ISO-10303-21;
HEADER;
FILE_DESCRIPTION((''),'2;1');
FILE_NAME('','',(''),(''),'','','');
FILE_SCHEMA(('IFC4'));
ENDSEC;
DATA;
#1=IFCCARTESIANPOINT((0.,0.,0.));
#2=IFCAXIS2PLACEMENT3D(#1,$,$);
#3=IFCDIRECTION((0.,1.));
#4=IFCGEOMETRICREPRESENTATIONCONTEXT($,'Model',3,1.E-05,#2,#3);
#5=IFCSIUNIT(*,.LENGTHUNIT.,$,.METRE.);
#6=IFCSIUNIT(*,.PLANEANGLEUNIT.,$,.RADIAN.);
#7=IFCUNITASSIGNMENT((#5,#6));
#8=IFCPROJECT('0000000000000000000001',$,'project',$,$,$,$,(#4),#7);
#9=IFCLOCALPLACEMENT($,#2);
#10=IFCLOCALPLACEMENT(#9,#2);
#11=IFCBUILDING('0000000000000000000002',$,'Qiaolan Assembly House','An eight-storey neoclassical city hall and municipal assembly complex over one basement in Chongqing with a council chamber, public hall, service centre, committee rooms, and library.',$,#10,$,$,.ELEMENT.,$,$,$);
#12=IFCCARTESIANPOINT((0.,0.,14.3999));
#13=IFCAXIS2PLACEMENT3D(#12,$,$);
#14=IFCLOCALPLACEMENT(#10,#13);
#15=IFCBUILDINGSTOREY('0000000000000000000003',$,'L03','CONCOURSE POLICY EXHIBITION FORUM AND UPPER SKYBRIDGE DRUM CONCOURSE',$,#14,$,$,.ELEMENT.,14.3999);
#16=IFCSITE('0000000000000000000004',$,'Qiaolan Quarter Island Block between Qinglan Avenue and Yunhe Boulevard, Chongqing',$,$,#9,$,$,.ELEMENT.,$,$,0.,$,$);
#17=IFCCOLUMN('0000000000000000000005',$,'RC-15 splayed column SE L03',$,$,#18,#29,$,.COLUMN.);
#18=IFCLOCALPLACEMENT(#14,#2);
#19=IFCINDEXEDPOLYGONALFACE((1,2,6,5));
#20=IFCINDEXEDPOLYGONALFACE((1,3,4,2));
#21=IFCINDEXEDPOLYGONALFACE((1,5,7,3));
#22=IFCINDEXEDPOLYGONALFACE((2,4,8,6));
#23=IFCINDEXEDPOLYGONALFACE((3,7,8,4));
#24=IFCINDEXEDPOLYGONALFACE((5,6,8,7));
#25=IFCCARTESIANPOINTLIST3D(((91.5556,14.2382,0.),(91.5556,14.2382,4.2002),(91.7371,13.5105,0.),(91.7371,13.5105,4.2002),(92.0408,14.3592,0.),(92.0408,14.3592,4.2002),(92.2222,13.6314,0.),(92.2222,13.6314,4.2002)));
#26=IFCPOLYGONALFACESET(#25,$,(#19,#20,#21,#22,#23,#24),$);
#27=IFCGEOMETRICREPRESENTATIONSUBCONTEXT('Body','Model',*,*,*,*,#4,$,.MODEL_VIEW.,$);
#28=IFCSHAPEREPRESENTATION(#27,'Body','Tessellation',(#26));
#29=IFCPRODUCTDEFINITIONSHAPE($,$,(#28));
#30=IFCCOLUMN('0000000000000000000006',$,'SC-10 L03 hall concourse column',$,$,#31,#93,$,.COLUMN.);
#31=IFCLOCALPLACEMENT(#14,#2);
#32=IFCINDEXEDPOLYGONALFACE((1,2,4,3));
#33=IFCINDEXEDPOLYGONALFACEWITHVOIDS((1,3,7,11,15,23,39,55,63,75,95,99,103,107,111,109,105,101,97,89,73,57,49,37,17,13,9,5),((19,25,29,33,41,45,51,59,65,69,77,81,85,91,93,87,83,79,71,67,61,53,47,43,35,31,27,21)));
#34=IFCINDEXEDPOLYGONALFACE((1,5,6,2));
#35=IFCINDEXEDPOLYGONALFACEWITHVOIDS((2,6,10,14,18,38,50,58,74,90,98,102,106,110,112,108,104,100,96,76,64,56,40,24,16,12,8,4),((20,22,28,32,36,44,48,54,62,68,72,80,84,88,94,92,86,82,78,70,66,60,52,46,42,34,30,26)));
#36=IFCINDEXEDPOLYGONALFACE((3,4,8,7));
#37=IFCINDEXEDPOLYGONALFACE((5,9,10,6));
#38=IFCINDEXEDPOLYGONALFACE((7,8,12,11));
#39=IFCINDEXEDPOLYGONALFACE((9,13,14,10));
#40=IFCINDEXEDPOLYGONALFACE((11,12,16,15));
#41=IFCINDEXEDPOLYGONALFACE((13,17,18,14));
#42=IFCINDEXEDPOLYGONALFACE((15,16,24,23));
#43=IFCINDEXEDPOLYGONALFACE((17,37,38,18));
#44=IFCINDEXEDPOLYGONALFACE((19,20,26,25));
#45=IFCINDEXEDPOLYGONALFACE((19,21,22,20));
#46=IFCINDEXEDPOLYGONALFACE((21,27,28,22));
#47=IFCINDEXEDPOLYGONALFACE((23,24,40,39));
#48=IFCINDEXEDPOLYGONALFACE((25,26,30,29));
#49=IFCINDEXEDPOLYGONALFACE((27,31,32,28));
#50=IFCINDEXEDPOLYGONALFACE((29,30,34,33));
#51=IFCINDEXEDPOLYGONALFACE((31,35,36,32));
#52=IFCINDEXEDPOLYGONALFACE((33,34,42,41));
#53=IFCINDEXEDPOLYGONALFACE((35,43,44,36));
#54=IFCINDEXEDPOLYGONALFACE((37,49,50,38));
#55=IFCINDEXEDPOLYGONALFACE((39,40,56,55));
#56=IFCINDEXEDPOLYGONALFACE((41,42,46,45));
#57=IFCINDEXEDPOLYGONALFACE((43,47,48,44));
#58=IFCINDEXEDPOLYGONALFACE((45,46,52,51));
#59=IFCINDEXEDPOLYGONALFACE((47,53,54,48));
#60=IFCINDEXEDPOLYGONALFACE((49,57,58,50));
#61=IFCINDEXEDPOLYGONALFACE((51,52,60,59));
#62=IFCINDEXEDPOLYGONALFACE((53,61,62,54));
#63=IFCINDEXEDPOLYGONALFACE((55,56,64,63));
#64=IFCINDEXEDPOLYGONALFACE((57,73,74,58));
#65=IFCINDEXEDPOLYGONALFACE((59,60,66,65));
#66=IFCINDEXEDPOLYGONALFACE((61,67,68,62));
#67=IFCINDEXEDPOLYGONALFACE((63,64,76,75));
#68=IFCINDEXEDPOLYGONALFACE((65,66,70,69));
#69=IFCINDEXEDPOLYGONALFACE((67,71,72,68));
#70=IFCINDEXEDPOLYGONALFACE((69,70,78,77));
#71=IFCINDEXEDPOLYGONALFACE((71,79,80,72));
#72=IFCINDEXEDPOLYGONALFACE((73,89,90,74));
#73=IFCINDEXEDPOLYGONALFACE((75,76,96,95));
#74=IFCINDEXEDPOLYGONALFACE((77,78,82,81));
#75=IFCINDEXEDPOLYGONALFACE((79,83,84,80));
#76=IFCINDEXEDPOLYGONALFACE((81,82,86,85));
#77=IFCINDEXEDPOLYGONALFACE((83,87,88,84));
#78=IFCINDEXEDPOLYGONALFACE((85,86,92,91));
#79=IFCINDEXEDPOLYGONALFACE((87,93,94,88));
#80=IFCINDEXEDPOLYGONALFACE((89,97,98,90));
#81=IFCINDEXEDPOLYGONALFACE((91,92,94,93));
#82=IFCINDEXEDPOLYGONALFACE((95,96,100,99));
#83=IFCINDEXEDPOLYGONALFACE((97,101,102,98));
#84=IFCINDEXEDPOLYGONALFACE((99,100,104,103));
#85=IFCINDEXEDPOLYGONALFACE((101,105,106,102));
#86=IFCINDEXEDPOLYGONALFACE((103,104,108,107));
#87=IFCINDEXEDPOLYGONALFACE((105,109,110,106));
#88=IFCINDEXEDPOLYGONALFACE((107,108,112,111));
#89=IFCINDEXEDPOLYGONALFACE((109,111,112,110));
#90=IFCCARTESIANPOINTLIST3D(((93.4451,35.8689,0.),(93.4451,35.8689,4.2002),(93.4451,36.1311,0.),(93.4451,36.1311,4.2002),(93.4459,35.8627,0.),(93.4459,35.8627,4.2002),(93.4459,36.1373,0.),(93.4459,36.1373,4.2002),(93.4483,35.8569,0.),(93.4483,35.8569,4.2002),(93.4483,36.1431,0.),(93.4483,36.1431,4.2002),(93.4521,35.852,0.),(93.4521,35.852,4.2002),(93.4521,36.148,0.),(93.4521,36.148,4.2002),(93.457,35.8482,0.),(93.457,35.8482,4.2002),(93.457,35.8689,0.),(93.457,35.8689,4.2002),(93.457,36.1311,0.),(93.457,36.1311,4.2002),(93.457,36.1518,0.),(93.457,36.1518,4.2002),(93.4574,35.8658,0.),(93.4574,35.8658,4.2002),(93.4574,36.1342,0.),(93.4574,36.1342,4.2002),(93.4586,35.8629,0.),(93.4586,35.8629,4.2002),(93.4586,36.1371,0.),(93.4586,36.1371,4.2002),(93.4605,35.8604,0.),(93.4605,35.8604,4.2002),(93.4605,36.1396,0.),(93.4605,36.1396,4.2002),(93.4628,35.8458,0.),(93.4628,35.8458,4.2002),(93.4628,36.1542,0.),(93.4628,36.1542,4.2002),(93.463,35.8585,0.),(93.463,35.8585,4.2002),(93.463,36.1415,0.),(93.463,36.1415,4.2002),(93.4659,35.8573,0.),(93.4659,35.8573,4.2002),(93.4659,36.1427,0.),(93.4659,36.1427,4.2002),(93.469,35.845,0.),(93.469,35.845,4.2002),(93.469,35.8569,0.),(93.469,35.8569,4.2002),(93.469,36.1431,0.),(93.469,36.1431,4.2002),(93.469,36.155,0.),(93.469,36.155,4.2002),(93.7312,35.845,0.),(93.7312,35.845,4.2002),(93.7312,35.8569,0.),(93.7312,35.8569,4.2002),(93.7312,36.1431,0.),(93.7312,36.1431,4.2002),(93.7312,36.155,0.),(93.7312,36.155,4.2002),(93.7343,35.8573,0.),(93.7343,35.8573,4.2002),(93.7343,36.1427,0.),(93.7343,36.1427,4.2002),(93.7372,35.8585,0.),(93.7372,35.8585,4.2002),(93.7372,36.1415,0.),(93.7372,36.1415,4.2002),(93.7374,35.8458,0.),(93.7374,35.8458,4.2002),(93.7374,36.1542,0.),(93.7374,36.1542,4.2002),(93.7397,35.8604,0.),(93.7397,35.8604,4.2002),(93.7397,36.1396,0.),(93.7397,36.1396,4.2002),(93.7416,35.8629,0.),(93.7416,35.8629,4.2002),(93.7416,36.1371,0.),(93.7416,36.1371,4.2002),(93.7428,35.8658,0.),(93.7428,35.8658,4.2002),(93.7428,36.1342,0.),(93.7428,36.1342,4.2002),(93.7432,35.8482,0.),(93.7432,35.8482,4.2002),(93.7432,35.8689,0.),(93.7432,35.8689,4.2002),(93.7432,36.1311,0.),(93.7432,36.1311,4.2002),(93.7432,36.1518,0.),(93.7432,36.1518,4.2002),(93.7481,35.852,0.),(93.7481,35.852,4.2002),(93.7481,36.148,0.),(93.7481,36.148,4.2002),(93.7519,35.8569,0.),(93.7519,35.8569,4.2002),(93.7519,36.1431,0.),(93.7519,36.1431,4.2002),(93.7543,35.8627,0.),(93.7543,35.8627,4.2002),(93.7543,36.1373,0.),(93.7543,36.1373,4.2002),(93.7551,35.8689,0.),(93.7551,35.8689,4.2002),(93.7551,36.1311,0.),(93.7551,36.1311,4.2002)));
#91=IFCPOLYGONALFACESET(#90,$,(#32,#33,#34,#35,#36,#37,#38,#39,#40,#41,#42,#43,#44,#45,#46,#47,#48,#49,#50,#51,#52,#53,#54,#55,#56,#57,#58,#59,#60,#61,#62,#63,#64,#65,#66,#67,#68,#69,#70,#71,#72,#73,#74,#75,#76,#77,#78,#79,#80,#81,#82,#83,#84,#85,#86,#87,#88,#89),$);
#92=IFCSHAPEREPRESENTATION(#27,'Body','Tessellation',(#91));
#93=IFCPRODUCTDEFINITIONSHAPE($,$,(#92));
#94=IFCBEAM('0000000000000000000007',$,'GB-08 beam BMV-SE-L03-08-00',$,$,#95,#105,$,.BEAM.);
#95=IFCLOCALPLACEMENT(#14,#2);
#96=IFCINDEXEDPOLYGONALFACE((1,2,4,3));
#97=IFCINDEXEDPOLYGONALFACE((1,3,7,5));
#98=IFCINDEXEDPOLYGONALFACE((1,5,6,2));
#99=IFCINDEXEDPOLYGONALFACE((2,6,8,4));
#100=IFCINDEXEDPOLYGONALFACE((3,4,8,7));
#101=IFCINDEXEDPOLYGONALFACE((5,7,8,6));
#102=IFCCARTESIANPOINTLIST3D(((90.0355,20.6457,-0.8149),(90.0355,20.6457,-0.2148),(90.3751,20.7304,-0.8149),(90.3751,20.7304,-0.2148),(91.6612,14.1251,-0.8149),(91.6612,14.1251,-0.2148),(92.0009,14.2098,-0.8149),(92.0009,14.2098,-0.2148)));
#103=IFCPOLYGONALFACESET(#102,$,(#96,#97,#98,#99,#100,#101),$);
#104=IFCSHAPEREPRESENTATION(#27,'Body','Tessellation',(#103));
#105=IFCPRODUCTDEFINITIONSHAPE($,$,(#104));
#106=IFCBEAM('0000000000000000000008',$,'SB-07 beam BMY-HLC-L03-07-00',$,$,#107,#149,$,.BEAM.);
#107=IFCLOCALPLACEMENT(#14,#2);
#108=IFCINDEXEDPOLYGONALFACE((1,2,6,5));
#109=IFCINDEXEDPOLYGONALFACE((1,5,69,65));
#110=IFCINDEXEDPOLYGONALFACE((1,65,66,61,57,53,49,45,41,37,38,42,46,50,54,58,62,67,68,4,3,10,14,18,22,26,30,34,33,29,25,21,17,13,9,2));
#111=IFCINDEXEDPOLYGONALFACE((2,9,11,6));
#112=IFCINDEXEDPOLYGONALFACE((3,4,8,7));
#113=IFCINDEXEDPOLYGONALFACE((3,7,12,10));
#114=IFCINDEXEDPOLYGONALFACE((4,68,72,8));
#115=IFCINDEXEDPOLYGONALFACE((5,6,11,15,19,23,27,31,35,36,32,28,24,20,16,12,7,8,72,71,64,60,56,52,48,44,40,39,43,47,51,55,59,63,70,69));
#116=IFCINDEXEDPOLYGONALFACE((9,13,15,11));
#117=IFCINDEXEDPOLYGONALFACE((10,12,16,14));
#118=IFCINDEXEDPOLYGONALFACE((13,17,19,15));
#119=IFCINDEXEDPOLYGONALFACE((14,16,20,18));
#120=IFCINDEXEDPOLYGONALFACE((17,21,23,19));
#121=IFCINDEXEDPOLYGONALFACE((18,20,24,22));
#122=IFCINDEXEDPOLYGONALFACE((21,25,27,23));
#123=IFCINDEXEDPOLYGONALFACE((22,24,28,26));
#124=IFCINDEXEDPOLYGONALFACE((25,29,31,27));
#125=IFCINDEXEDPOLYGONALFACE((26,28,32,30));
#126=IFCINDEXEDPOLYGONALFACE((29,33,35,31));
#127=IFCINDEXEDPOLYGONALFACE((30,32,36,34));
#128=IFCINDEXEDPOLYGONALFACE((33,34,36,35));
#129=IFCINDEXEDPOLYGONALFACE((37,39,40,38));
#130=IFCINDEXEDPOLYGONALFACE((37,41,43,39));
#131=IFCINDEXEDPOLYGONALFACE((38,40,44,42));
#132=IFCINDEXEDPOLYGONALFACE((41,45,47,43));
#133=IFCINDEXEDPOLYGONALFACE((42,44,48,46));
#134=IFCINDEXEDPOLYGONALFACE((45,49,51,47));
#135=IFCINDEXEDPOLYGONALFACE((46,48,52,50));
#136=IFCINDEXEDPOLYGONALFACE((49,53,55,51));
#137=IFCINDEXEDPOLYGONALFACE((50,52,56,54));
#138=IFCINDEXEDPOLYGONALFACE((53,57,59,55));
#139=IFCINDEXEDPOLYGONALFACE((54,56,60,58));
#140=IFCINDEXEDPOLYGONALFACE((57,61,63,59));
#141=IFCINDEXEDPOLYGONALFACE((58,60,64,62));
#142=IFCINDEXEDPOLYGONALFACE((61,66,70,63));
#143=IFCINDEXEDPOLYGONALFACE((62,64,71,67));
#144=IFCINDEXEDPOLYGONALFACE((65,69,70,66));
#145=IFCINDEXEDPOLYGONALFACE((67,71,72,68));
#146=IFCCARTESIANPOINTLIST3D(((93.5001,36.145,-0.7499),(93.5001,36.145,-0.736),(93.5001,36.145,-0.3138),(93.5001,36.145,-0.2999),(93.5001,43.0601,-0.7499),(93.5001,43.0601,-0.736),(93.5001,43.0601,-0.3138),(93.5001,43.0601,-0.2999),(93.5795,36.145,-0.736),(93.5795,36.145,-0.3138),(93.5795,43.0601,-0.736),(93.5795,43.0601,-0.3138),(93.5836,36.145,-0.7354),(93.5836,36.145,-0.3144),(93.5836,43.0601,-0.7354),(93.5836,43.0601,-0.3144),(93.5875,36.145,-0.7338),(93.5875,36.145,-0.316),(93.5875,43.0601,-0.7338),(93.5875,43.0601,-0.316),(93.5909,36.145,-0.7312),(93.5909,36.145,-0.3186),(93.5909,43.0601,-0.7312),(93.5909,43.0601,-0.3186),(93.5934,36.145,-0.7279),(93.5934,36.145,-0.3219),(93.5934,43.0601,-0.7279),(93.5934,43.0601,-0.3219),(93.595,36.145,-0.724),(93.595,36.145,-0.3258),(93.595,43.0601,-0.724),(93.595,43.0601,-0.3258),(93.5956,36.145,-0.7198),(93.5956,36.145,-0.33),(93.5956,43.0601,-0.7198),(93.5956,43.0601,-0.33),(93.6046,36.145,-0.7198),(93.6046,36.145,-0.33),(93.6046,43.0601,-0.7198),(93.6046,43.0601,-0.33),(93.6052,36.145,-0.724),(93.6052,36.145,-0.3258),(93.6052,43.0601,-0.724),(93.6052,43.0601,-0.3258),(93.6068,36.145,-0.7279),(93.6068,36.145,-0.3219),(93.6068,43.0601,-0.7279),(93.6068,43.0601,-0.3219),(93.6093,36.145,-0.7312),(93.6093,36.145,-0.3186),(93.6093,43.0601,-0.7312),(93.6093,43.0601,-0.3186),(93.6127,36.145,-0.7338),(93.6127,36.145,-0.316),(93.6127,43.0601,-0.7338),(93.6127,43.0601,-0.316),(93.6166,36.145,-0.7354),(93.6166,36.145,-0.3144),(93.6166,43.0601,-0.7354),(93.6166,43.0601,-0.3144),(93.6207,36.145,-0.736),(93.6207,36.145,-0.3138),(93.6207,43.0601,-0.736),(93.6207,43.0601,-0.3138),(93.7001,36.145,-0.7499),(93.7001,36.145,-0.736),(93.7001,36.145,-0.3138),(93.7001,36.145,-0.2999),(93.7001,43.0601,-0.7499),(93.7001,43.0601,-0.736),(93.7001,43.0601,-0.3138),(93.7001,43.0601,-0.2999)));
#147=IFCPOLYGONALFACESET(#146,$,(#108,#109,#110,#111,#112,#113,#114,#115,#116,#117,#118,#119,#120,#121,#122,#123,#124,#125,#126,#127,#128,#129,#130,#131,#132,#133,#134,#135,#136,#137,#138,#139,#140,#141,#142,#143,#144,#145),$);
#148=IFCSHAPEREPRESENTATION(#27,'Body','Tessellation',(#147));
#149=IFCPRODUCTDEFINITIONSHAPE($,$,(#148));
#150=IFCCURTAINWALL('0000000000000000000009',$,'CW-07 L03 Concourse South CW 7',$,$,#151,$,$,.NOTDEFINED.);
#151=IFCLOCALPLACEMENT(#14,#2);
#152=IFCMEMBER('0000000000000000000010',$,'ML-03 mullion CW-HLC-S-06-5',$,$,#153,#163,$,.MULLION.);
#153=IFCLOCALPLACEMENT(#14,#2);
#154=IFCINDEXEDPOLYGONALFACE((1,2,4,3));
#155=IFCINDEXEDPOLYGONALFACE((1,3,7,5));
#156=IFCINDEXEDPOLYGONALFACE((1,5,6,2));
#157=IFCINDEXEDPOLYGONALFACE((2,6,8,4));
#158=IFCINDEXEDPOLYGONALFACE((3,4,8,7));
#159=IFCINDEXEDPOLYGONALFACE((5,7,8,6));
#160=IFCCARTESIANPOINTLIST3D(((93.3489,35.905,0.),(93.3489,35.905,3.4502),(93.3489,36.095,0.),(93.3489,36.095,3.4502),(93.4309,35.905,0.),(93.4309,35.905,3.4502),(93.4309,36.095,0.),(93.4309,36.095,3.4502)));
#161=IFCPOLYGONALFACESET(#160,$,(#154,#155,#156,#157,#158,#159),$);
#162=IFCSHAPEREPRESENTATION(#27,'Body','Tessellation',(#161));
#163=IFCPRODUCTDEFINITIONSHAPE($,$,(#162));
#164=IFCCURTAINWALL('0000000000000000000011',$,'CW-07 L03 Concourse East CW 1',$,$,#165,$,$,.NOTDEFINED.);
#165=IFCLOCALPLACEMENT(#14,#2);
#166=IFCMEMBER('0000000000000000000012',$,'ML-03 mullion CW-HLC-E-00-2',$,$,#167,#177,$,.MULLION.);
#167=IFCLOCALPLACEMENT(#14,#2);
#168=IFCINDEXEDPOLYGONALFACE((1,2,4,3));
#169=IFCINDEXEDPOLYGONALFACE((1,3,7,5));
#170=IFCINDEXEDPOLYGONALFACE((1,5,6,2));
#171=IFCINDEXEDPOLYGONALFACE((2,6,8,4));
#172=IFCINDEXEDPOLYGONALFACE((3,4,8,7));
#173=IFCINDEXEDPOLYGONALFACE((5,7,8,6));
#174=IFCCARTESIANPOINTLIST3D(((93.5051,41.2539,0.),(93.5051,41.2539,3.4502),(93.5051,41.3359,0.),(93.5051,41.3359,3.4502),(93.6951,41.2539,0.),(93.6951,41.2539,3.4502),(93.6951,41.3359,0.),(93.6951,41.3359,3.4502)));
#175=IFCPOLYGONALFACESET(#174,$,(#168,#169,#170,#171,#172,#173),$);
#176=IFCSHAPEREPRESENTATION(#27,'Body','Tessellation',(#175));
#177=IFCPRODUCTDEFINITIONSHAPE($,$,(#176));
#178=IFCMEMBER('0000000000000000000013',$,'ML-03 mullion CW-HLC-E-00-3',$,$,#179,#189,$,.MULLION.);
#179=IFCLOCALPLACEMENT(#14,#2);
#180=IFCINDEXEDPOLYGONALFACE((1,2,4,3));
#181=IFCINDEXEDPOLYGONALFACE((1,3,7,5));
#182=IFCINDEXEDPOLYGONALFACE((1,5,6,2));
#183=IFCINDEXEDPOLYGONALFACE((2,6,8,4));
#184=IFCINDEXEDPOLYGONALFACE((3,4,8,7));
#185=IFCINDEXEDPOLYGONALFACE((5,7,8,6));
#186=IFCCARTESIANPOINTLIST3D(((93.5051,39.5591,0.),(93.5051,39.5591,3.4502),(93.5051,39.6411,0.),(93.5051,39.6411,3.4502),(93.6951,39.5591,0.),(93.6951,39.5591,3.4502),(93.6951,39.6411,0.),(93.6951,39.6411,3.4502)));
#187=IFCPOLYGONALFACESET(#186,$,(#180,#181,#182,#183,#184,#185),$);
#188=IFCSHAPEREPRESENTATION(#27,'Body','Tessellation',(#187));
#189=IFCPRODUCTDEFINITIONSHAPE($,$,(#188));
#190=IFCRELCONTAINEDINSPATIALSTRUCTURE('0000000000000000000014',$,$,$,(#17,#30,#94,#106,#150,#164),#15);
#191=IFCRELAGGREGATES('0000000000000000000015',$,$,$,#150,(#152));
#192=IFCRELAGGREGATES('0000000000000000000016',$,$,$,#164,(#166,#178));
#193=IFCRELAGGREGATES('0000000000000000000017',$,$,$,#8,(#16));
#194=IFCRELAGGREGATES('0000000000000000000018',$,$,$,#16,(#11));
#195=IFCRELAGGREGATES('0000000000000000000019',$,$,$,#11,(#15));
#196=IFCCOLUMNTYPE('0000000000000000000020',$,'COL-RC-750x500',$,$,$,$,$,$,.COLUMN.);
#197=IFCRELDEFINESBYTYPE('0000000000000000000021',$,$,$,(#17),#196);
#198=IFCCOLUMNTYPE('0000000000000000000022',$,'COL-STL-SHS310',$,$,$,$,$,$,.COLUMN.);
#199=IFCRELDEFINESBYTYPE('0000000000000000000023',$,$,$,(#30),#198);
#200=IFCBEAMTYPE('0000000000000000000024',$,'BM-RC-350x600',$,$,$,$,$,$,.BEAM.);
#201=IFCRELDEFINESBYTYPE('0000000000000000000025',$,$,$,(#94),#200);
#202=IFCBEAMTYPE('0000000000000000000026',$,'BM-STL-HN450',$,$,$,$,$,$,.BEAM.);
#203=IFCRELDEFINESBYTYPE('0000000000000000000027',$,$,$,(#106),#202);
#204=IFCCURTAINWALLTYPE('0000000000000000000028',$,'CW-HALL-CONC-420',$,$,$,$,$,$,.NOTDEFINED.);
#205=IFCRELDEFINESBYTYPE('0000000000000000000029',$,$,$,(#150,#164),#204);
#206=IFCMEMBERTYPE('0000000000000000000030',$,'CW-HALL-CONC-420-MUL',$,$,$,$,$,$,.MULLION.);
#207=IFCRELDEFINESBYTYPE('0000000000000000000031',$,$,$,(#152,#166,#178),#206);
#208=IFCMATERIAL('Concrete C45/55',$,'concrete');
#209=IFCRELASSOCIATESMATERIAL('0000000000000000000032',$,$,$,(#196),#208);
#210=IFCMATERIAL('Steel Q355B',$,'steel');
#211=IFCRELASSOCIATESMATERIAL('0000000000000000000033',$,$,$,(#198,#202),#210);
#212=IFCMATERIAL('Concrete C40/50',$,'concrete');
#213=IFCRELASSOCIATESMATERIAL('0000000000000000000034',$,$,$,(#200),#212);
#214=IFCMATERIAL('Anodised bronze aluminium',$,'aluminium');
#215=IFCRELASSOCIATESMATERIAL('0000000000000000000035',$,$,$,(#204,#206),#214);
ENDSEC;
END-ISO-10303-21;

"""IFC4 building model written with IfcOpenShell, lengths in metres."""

from ifc_helpers import new_model, si_unit, direction, frame, origin, origin_2d, place, context, subcontext, project, spatial, rectangle, hollow_rectangle, i_section, extrude, material, material_profile, profile_set, type_object, element, aggregate, save


model = new_model("IFC4")

# Units and contexts
model_context = context("Model", 3, precision=1e-05, world=origin(), true_north=direction((0.0, 1.0)))
body_context = subcontext(model_context, "Body", "Model", "MODEL_VIEW")
ifc_project = project(units=[si_unit("LENGTHUNIT", "METRE"), si_unit("PLANEANGLEUNIT", "RADIAN")], contexts=[model_context])

# Site, building, storey
site_placement = place(None, origin())
site = spatial("IfcSite", under=ifc_project, at=site_placement, Name="Qiaolan Quarter Island Block between Qinglan Avenue and Yunhe Boulevard, Chongqing", CompositionType="ELEMENT", RefElevation=0.0)
building_placement = place(site_placement, origin())
building = spatial("IfcBuilding", under=site, at=building_placement, Name="Qiaolan Assembly House", Description="An eight-storey neoclassical city hall and municipal assembly complex over one basement in Chongqing with a council chamber, public hall, service centre, committee rooms, and library.", CompositionType="ELEMENT")
storey_placement = place(building_placement, frame((0.0, 0.0, 14.3999)))
storey = spatial("IfcBuildingStorey", under=building, at=storey_placement, Name="L03", Description="CONCOURSE POLICY EXHIBITION FORUM AND UPPER SKYBRIDGE DRUM CONCOURSE", CompositionType="ELEMENT", Elevation=14.3999)

# Columns
ifc_material_1 = material(Name="Concrete C45/55", Category="concrete")
ifc_material_profile_1 = material_profile(ifc_material_1, rectangle(XDim=0.5, YDim=0.75, at=origin_2d()), Name="RC 750x500")
ifc_profile_set_1 = profile_set([ifc_material_profile_1], Name="Concrete C45/55")
column_type_1 = type_object("IfcColumnType", Name="COL-RC-750x500", PredefinedType="COLUMN", material=ifc_profile_set_1)
column_1_placement = place(storey_placement, frame((91.8889, 13.9348, 0.0), z_axis=(0.0, 0.0, 1.0), x_axis=(0.970296, 0.241922, 0.0)))
element("IfcColumn", 1, at=column_1_placement, inside=storey, type_object=column_type_1, Name="RC-15 splayed column SE L03", PredefinedType="COLUMN", context=body_context, shape_type="SweptSolid", body=[
    extrude(rectangle(XDim=0.5, YDim=0.75, at=origin_2d()), origin(), (0.0, 0.0, 1.0), 4.2002),
])
ifc_material_2 = material(Name="Steel Q355B", Category="steel")
ifc_material_profile_2 = material_profile(ifc_material_2, hollow_rectangle(XDim=0.3101, YDim=0.3101, WallThickness=0.012, InnerFilletRadius=0.012, OuterFilletRadius=0.0239, at=origin_2d()), Name="SHS 310x310x12")
ifc_profile_set_2 = profile_set([ifc_material_profile_2], Name="Steel Q355B")
column_type_2 = type_object("IfcColumnType", Name="COL-STL-SHS310", PredefinedType="COLUMN", material=ifc_profile_set_2)
column_2_placement = place(storey_placement, frame((93.6001, 36.0, 0.0), z_axis=(0.0, 0.0, 1.0), x_axis=(1.0, 0.0, 0.0)))
element("IfcColumn", 2, at=column_2_placement, inside=storey, type_object=column_type_2, Name="SC-10 L03 hall concourse column", PredefinedType="COLUMN", context=body_context, shape_type="SweptSolid", body=[
    extrude(hollow_rectangle(XDim=0.3101, YDim=0.3101, WallThickness=0.012, InnerFilletRadius=0.012, OuterFilletRadius=0.0239, at=origin_2d()), origin(), (0.0, 0.0, 1.0), 4.2002),
])

# Beams
ifc_material_3 = material(Name="Concrete C40/50", Category="concrete")
ifc_material_profile_3 = material_profile(ifc_material_3, rectangle(XDim=0.3501, YDim=0.6001, at=origin_2d()), Name="RCB 350x600")
ifc_profile_set_3 = profile_set([ifc_material_profile_3], Name="Concrete C40/50")
beam_type_1 = type_object("IfcBeamType", Name="BM-RC-350x600", PredefinedType="BEAM", material=ifc_profile_set_3)
beam_1_placement = place(storey_placement, frame((91.8311, 14.1675, -0.5149), z_axis=(-0.24192, 0.970296, 0.0), x_axis=(-0.970296, -0.24192, 0.0)))
element("IfcBeam", 3, at=beam_1_placement, inside=storey, type_object=beam_type_1, Name="GB-08 beam BMV-SE-L03-08-00", PredefinedType="BEAM", context=body_context, shape_type="SweptSolid", body=[
    extrude(rectangle(XDim=0.3501, YDim=0.6001, at=origin_2d()), origin(), (0.0, 0.0, 1.0), 6.7202),
])
ifc_material_profile_4 = material_profile(ifc_material_2, i_section(OverallWidth=0.2, OverallDepth=0.45, WebThickness=0.009, FlangeThickness=0.0139, FilletRadius=0.0161, at=origin_2d()), Name="HN 450x200x9x14")
ifc_profile_set_4 = profile_set([ifc_material_profile_4], Name="Steel Q355B")
beam_type_2 = type_object("IfcBeamType", Name="BM-STL-HN450", PredefinedType="BEAM", material=ifc_profile_set_4)
beam_2_placement = place(storey_placement, frame((93.6001, 36.145, -0.5249), z_axis=(0.0, 1.0, 0.0), x_axis=(-1.0, 0.0, 0.0)))
element("IfcBeam", 4, at=beam_2_placement, inside=storey, type_object=beam_type_2, Name="SB-07 beam BMY-HLC-L03-07-00", PredefinedType="BEAM", context=body_context, shape_type="SweptSolid", body=[
    extrude(i_section(OverallWidth=0.2, OverallDepth=0.45, WebThickness=0.009, FlangeThickness=0.0139, FilletRadius=0.0161, at=origin_2d()), origin(), (0.0, 0.0, 1.0), 6.915),
])

# Curtain wall, member
ifc_material_4 = material(Name="Anodised bronze aluminium", Category="aluminium")
curtain_wall_type = type_object("IfcCurtainWallType", Name="CW-HALL-CONC-420", PredefinedType="NOTDEFINED", material=ifc_material_4)
curtain_wall_1_placement = place(storey_placement, origin())
curtain_wall_1 = element("IfcCurtainWall", 5, at=curtain_wall_1_placement, inside=storey, type_object=curtain_wall_type, Name="CW-07 L03 Concourse South CW 7", PredefinedType="NOTDEFINED")
ifc_material_profile_5 = material_profile(ifc_material_4, rectangle(XDim=0.082, YDim=0.1899, at=origin_2d()), Name="MUL 82x190")
ifc_profile_set_5 = profile_set([ifc_material_profile_5], Name="Anodised bronze aluminium")
member_type_1 = type_object("IfcMemberType", Name="CW-HALL-CONC-420-MUL", PredefinedType="MULLION", material=ifc_profile_set_5)
member_1_placement = place(storey_placement, frame((93.3899, 36.0, 0.0), z_axis=(0.0, 0.0, 1.0), x_axis=(1.0, 0.0, 0.0)))
member_1 = element("IfcMember", 6, at=member_1_placement, type_object=member_type_1, Name="ML-03 mullion CW-HLC-S-06-5", PredefinedType="MULLION", context=body_context, shape_type="SweptSolid", body=[
    extrude(rectangle(XDim=0.082, YDim=0.1899, at=origin_2d()), origin(), (0.0, 0.0, 1.0), 3.4502),
])

# Curtain wall, members
curtain_wall_2_placement = place(storey_placement, origin())
curtain_wall_2 = element("IfcCurtainWall", 7, at=curtain_wall_2_placement, inside=storey, type_object=curtain_wall_type, Name="CW-07 L03 Concourse East CW 1", PredefinedType="NOTDEFINED")
member_2_placement = place(storey_placement, frame((93.6001, 41.2949, 0.0), z_axis=(0.0, 0.0, 1.0), x_axis=(0.0, -1.0, 0.0)))
member_2 = element("IfcMember", 8, at=member_2_placement, type_object=member_type_1, Name="ML-03 mullion CW-HLC-E-00-2", PredefinedType="MULLION", context=body_context, shape_type="SweptSolid", body=[
    extrude(rectangle(XDim=0.082, YDim=0.1899, at=origin_2d()), origin(), (0.0, 0.0, 1.0), 3.4502),
])
member_3_placement = place(storey_placement, frame((93.6001, 39.6001, 0.0), z_axis=(0.0, 0.0, 1.0), x_axis=(0.0, -1.0, 0.0)))
member_3 = element("IfcMember", 9, at=member_3_placement, type_object=member_type_1, Name="ML-03 mullion CW-HLC-E-00-3", PredefinedType="MULLION", context=body_context, shape_type="SweptSolid", body=[
    extrude(rectangle(XDim=0.082, YDim=0.1899, at=origin_2d()), origin(), (0.0, 0.0, 1.0), 3.4502),
])

aggregate(curtain_wall_1, [member_1])

aggregate(curtain_wall_2, [member_2, member_3])

save(model, "model.ifc")
